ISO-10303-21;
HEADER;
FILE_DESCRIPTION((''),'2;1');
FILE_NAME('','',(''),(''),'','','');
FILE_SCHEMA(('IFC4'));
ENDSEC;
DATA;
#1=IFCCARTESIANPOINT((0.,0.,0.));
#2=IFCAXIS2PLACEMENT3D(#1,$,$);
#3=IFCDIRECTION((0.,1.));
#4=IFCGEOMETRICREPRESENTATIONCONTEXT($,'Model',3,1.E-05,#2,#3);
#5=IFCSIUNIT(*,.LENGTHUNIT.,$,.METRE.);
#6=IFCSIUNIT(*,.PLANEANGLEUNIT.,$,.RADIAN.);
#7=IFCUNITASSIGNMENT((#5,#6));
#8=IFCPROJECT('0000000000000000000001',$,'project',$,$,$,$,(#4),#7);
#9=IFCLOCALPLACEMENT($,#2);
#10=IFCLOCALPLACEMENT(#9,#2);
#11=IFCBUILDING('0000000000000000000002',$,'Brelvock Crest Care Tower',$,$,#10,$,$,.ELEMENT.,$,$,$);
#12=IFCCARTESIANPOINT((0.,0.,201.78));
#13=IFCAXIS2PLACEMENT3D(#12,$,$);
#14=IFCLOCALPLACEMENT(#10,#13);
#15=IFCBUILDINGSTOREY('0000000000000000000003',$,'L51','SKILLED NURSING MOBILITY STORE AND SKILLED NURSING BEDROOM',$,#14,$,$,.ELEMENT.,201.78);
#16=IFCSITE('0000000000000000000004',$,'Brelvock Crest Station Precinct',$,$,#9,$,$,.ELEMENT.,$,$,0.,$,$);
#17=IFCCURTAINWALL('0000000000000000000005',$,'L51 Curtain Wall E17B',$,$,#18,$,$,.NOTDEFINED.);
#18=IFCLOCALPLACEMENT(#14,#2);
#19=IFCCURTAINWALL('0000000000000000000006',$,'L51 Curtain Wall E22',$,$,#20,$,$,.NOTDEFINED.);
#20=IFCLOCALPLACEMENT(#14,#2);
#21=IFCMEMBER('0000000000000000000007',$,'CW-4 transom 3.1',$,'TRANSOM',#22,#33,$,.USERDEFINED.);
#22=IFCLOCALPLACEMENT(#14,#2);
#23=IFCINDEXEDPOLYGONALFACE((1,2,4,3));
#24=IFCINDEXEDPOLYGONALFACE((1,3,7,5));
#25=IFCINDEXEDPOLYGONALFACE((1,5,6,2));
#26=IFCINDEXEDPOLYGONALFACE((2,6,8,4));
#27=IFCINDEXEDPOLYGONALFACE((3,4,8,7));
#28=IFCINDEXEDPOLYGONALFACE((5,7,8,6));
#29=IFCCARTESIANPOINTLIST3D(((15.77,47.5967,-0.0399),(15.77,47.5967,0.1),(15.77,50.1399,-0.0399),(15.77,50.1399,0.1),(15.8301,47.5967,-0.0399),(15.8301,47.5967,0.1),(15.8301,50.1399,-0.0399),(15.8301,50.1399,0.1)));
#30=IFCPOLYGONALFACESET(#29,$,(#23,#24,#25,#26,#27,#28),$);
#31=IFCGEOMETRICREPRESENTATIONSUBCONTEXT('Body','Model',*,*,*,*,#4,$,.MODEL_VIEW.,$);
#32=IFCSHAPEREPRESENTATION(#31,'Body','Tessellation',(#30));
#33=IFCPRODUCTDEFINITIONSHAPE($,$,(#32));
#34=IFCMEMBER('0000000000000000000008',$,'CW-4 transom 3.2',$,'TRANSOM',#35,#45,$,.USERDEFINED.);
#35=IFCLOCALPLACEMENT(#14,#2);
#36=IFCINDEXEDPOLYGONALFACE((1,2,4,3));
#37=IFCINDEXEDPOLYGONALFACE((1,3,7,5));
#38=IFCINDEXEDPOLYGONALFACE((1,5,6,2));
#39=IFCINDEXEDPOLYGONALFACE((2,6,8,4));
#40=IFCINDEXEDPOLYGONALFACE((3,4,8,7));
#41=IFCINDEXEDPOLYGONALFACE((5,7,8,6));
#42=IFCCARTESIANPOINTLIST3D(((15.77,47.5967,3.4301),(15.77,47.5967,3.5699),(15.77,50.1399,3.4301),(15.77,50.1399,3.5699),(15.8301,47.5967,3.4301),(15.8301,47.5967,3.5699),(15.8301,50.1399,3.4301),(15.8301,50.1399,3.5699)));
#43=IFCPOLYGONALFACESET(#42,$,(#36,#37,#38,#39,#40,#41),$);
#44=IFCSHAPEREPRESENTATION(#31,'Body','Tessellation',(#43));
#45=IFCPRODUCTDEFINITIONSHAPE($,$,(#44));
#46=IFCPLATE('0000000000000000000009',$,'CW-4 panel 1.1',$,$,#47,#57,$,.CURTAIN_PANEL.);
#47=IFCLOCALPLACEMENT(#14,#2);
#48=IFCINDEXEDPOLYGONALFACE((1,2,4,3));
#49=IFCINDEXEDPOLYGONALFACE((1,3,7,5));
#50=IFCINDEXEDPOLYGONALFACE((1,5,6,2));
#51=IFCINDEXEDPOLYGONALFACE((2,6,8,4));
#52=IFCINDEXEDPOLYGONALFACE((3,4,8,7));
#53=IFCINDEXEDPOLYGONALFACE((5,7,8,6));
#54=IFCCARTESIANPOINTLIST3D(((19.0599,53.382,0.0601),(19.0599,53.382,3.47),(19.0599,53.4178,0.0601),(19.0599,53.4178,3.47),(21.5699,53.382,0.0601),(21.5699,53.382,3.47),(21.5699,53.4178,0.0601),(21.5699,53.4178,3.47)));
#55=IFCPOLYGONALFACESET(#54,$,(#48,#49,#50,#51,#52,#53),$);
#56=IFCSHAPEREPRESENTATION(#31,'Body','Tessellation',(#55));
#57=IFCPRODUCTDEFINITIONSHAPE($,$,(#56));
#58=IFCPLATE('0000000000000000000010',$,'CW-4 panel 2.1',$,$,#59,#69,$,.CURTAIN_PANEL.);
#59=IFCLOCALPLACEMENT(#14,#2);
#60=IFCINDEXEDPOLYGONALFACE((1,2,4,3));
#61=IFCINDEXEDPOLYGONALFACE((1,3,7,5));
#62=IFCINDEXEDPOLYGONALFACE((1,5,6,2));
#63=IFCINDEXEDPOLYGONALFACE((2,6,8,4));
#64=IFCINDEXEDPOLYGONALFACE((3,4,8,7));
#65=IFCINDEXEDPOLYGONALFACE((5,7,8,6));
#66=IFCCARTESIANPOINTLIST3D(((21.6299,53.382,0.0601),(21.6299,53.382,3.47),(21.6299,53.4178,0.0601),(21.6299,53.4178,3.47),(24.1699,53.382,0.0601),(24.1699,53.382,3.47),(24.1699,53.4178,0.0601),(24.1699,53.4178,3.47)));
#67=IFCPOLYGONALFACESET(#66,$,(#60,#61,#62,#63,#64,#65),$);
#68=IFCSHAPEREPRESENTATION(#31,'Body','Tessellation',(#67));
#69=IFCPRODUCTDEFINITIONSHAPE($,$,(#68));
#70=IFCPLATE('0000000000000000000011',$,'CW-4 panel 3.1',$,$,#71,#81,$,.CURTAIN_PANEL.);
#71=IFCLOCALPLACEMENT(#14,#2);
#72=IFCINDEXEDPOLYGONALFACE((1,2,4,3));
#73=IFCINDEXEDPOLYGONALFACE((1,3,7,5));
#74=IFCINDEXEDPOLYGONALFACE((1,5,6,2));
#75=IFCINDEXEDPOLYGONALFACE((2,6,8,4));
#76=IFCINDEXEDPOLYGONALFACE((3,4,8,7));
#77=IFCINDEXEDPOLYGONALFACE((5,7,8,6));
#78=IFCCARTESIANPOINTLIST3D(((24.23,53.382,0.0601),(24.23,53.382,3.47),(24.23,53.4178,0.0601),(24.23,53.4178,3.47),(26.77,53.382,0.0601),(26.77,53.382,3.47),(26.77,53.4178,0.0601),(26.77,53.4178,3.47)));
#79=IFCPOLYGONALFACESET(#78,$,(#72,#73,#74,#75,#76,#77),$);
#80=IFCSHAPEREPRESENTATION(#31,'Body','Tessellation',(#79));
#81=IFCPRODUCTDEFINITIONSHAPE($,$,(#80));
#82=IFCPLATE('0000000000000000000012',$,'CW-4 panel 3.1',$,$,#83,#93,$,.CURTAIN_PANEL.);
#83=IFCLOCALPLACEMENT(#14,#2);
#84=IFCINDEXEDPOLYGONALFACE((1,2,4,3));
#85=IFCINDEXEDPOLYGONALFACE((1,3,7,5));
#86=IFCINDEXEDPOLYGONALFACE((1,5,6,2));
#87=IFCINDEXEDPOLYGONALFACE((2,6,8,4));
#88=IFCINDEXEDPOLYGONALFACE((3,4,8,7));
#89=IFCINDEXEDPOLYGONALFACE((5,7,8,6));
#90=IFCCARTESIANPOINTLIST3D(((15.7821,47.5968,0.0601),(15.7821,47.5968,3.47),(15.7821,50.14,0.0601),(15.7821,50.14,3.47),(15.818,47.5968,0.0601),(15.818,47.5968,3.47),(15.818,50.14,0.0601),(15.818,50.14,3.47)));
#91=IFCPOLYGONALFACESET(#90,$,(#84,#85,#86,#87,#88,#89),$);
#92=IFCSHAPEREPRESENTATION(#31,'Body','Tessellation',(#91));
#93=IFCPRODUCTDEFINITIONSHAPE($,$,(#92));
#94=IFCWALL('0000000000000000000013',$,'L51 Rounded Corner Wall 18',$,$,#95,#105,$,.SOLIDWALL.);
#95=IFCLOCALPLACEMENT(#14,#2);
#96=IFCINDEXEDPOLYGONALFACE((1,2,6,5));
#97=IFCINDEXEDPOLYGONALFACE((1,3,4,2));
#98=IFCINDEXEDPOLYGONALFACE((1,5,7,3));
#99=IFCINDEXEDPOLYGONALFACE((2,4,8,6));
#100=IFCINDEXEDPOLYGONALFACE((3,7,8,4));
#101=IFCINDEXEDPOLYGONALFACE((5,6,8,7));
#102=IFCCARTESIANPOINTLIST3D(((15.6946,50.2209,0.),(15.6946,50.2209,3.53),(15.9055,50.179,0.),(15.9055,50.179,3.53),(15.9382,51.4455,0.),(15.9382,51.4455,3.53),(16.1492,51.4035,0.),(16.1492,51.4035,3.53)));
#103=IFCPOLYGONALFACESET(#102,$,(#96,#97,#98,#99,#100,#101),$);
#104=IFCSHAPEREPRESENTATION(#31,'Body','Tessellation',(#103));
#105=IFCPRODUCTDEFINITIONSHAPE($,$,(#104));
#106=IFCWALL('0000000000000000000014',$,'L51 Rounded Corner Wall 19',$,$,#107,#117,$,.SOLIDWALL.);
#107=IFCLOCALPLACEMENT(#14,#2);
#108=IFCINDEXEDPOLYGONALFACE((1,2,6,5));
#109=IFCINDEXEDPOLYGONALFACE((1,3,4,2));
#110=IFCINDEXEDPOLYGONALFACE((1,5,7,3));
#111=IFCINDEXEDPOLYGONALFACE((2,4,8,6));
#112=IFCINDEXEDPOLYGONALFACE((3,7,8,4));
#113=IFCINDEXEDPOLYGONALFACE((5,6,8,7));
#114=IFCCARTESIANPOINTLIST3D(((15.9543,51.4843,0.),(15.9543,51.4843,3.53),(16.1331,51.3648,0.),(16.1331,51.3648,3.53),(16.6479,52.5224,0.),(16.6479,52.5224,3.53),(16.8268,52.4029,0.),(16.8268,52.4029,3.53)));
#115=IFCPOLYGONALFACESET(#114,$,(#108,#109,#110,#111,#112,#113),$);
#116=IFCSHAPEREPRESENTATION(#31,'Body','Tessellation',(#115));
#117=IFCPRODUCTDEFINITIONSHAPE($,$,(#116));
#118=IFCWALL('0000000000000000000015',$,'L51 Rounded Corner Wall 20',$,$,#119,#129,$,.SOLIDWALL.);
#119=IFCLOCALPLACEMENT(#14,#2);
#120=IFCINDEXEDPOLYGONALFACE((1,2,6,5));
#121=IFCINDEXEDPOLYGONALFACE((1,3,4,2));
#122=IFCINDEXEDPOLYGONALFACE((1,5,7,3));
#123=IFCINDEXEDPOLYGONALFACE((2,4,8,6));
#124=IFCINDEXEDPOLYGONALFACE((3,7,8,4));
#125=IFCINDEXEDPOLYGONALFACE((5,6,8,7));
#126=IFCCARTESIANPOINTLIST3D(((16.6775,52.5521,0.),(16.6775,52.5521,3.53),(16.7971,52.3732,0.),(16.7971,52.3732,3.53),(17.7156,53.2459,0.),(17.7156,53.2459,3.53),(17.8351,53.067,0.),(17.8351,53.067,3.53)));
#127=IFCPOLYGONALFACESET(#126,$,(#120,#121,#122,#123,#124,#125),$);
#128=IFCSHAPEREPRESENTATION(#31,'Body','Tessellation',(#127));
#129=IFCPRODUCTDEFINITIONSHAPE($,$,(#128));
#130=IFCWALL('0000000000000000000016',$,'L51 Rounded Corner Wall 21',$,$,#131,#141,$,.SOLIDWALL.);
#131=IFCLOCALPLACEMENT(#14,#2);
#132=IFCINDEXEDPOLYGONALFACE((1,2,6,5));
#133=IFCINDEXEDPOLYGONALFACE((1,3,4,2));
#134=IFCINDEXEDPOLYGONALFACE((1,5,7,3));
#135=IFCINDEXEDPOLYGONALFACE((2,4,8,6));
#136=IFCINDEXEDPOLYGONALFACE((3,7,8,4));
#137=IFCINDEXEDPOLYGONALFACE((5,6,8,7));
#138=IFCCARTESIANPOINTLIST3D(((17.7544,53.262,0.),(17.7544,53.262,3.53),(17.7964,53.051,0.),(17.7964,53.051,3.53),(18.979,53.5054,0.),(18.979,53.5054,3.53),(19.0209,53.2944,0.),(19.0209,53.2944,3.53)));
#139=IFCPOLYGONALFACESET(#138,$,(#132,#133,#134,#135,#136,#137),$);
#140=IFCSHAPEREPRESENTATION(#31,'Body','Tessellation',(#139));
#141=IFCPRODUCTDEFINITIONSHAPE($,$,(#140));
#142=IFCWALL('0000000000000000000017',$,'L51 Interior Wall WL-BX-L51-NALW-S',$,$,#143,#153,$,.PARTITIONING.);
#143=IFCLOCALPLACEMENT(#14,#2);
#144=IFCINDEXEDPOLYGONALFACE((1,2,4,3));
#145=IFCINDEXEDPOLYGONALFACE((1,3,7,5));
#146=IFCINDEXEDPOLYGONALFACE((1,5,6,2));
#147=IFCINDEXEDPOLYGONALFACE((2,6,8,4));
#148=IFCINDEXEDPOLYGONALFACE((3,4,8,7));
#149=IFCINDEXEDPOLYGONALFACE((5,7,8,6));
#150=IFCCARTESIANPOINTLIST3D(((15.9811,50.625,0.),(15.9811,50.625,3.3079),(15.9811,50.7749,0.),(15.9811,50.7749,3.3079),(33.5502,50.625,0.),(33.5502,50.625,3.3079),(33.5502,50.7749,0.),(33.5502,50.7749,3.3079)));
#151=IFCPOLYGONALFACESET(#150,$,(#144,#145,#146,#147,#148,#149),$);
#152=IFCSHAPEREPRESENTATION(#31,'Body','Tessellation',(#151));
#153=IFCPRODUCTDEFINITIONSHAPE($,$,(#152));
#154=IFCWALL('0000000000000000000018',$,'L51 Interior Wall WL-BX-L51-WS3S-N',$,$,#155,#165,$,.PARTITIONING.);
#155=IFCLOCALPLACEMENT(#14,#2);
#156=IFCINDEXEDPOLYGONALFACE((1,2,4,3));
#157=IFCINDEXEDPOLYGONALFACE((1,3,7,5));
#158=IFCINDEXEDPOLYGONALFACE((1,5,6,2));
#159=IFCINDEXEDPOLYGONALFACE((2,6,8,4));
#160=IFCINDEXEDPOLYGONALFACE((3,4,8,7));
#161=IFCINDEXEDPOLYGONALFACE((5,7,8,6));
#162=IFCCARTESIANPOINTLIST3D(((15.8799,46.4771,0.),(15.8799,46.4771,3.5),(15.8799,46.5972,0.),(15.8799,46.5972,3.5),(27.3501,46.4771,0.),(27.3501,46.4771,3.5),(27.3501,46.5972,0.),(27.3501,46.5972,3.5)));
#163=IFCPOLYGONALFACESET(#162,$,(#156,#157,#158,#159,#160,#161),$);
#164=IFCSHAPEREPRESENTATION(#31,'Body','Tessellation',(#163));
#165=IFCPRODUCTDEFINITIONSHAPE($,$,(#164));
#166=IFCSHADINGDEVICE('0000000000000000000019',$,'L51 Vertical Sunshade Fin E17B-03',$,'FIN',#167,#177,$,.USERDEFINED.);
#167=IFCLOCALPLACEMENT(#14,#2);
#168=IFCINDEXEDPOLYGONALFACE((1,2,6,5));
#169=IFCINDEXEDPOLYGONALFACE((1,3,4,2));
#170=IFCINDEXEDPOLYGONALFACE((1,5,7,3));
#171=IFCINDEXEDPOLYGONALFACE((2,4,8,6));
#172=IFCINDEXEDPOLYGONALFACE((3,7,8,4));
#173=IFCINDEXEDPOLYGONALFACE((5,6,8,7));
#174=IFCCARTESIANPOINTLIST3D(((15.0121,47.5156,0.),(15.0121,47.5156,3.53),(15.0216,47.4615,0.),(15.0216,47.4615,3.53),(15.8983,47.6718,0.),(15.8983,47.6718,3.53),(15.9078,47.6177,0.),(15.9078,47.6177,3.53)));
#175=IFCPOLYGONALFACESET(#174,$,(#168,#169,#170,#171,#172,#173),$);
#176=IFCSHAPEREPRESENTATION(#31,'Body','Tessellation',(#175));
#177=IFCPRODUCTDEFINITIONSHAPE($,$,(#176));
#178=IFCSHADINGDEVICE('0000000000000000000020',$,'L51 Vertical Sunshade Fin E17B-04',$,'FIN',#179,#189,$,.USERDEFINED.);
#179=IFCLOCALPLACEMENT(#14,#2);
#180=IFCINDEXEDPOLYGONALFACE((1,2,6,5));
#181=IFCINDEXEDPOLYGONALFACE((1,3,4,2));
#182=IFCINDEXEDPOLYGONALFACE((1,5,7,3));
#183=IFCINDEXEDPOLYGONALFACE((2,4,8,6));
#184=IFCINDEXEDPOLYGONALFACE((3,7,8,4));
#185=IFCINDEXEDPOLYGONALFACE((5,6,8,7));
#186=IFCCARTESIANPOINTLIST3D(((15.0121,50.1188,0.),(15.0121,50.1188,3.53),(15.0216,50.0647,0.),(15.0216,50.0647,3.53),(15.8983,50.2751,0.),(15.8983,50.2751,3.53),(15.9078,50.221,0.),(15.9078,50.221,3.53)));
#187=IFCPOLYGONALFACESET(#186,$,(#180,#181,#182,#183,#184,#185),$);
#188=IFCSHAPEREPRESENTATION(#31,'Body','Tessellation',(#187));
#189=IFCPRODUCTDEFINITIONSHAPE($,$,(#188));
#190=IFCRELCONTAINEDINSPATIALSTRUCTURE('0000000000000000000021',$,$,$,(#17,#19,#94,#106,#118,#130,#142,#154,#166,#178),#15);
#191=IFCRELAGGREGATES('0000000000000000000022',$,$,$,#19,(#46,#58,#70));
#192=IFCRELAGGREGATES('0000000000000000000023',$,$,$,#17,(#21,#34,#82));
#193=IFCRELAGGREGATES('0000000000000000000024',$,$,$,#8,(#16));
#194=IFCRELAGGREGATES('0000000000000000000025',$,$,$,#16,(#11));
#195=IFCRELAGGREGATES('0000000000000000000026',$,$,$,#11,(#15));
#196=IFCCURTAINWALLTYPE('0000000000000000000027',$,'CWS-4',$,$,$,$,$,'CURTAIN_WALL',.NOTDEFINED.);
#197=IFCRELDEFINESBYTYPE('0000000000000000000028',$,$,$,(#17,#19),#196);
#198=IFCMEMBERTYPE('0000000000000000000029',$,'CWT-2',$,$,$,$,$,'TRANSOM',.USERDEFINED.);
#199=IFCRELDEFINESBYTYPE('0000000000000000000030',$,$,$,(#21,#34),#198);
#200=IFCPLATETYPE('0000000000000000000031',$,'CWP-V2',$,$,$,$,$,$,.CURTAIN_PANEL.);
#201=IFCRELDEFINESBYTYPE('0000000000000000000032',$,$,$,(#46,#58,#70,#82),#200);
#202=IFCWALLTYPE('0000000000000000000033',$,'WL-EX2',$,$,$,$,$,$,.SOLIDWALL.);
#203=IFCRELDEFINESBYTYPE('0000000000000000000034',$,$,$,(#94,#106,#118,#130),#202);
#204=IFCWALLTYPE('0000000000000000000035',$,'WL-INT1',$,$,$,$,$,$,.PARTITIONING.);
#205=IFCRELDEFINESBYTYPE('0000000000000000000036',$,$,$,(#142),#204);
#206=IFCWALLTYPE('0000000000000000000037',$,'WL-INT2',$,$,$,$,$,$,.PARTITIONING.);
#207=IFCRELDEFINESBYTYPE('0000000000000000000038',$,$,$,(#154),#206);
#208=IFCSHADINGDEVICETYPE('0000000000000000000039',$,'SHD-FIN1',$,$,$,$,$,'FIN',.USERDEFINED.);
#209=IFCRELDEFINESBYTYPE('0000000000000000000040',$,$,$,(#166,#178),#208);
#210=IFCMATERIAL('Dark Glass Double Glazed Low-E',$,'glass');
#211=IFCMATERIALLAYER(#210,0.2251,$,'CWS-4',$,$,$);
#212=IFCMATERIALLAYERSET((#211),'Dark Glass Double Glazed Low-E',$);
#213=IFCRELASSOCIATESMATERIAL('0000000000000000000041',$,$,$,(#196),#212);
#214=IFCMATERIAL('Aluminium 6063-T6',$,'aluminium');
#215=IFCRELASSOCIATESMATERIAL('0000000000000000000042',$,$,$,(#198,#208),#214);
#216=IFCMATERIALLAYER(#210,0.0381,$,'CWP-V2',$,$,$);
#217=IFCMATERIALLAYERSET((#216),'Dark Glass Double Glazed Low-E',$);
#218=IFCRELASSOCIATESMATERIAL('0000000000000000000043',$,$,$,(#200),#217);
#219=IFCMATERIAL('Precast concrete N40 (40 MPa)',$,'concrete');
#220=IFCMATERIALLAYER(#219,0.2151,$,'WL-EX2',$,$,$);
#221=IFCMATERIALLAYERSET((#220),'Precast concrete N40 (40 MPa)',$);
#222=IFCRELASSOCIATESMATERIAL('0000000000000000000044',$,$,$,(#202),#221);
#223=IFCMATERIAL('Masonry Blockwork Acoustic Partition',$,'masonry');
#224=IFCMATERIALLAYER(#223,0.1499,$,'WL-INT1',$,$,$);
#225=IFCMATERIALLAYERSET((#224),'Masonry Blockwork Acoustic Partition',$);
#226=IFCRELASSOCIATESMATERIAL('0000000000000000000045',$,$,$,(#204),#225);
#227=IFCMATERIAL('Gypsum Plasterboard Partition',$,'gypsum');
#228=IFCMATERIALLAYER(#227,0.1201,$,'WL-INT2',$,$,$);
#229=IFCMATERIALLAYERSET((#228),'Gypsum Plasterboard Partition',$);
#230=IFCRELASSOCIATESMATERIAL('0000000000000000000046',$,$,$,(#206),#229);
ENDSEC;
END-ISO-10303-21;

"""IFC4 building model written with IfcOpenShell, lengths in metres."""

from ifc_helpers import new_model, si_unit, direction, frame, frame_2d, origin, origin_2d, place, context, subcontext, project, spatial, rectangle, extrude, source, transform, mapped, material, layer, layer_set, material_profile, profile_set, type_object, element, aggregate, save


model = new_model("IFC4")

# Units and contexts
model_context = context("Model", 3, precision=1e-05, world=origin(), true_north=direction((0.0, 1.0)))
body_context = subcontext(model_context, "Body", "Model", "MODEL_VIEW")
ifc_project = project(units=[si_unit("LENGTHUNIT", "METRE"), si_unit("PLANEANGLEUNIT", "RADIAN")], contexts=[model_context])

# Site, building, storey
site_placement = place(None, origin())
site = spatial("IfcSite", under=ifc_project, at=site_placement, Name="Brelvock Crest Station Precinct", CompositionType="ELEMENT", RefElevation=0.0)
building_placement = place(site_placement, origin())
building = spatial("IfcBuilding", under=site, at=building_placement, Name="Brelvock Crest Care Tower", CompositionType="ELEMENT")
storey_placement = place(building_placement, frame((0.0, 0.0, 201.78)))
storey = spatial("IfcBuildingStorey", under=building, at=storey_placement, Name="L51", Description="SKILLED NURSING MOBILITY STORE AND SKILLED NURSING BEDROOM", CompositionType="ELEMENT", Elevation=201.78)

# Curtain walls
ifc_material_1 = material(Name="Dark Glass Double Glazed Low-E", Category="glass")
ifc_layer_1 = layer(ifc_material_1, 0.2251, Name="CWS-4")
ifc_layer_set_1 = layer_set([ifc_layer_1], Name="Dark Glass Double Glazed Low-E")
curtain_wall_type = type_object("IfcCurtainWallType", Name="CWS-4", ElementType="CURTAIN_WALL", PredefinedType="NOTDEFINED", material=ifc_layer_set_1)
curtain_wall_1_placement = place(storey_placement, origin())
curtain_wall_1 = element("IfcCurtainWall", 1, at=curtain_wall_1_placement, inside=storey, type_object=curtain_wall_type, Name="L51 Curtain Wall E17B", PredefinedType="NOTDEFINED")
ifc_material_2 = material(Name="Aluminium 6063-T6", Category="aluminium")
curtain_wall_2_placement = place(storey_placement, origin())
curtain_wall_2 = element("IfcCurtainWall", 2, at=curtain_wall_2_placement, inside=storey, type_object=curtain_wall_type, Name="L51 Curtain Wall E22", PredefinedType="NOTDEFINED")
ifc_material_profile_1 = material_profile(ifc_material_2, rectangle(XDim=0.0601, YDim=0.1399, at=origin_2d()), Name="ALU60x140")
ifc_profile_set_1 = profile_set([ifc_material_profile_1], Name="Aluminium 6063-T6")
member_type_1 = type_object("IfcMemberType", Name="CWT-2", ElementType="TRANSOM", PredefinedType="USERDEFINED", material=ifc_profile_set_1)

# Members
shared_shape_1 = source(origin(), body_context, "Body", "SweptSolid", [
    extrude(rectangle(XDim=0.0601, YDim=0.1399, at=origin_2d()), origin(), (0.0, 0.0, 1.0), 2.5432),
])
member_1_placement = place(storey_placement, frame((15.8, 47.5967, 0.03), z_axis=(0.0, 1.0, 0.0), x_axis=(-1.0, 0.0, 0.0)))
member_1 = element("IfcMember", 3, at=member_1_placement, type_object=member_type_1, Name="CW-4 transom 3.1", ObjectType="TRANSOM", PredefinedType="USERDEFINED", context=body_context, shape_type="MappedRepresentation", body=[
    mapped(shared_shape_1, transform((0.0, 0.0, 0.0), x_axis=(1.0, 0.0, 0.0), y_axis=(0.0, 1.0, 0.0), z_axis=(0.0, 0.0, 1.0), scale=1.0)),
])
member_2_placement = place(storey_placement, frame((15.8, 47.5967, 3.5), z_axis=(0.0, 1.0, 0.0), x_axis=(-1.0, 0.0, 0.0)))
member_2 = element("IfcMember", 4, at=member_2_placement, type_object=member_type_1, Name="CW-4 transom 3.2", ObjectType="TRANSOM", PredefinedType="USERDEFINED", context=body_context, shape_type="MappedRepresentation", body=[
    mapped(shared_shape_1, transform((0.0, 0.0, 0.0), x_axis=(1.0, 0.0, 0.0), y_axis=(0.0, 1.0, 0.0), z_axis=(0.0, 0.0, 1.0), scale=1.0)),
])

# Plates
ifc_layer_2 = layer(ifc_material_1, 0.0381, Name="CWP-V2")
ifc_layer_set_2 = layer_set([ifc_layer_2], Name="Dark Glass Double Glazed Low-E")
plate_type = type_object("IfcPlateType", Name="CWP-V2", PredefinedType="CURTAIN_PANEL", material=ifc_layer_set_2)
shared_shape_2 = source(origin(), body_context, "Body", "SweptSolid", [
    extrude(rectangle(XDim=2.51, YDim=0.0359, at=origin_2d()), origin(), (0.0, 0.0, 1.0), 3.4099),
])
plate_1_placement = place(storey_placement, frame((20.3149, 53.3999, 0.0601), z_axis=(0.0, 0.0, 1.0), x_axis=(1.0, 0.0, 0.0)))
plate_1 = element("IfcPlate", 5, at=plate_1_placement, type_object=plate_type, Name="CW-4 panel 1.1", PredefinedType="CURTAIN_PANEL", context=body_context, shape_type="MappedRepresentation", body=[
    mapped(shared_shape_2, transform((0.0, 0.0, 0.0), x_axis=(1.0, 0.0, 0.0), y_axis=(0.0, 1.0, 0.0), z_axis=(0.0, 0.0, 1.0), scale=1.0)),
])
shared_shape_3 = source(origin(), body_context, "Body", "SweptSolid", [
    extrude(rectangle(XDim=2.54, YDim=0.0359, at=origin_2d()), origin(), (0.0, 0.0, 1.0), 3.4099),
])
plate_2_placement = place(storey_placement, frame((22.8999, 53.3999, 0.0601), z_axis=(0.0, 0.0, 1.0), x_axis=(1.0, 0.0, 0.0)))
plate_2 = element("IfcPlate", 6, at=plate_2_placement, type_object=plate_type, Name="CW-4 panel 2.1", PredefinedType="CURTAIN_PANEL", context=body_context, shape_type="MappedRepresentation", body=[
    mapped(shared_shape_3, transform((0.0, 0.0, 0.0), x_axis=(1.0, 0.0, 0.0), y_axis=(0.0, 1.0, 0.0), z_axis=(0.0, 0.0, 1.0), scale=1.0)),
])
plate_3_placement = place(storey_placement, frame((25.5, 53.3999, 0.0601), z_axis=(0.0, 0.0, 1.0), x_axis=(1.0, 0.0, 0.0)))
plate_3 = element("IfcPlate", 7, at=plate_3_placement, type_object=plate_type, Name="CW-4 panel 3.1", PredefinedType="CURTAIN_PANEL", context=body_context, shape_type="MappedRepresentation", body=[
    mapped(shared_shape_3, transform((0.0, 0.0, 0.0), x_axis=(1.0, 0.0, 0.0), y_axis=(0.0, 1.0, 0.0), z_axis=(0.0, 0.0, 1.0), scale=1.0)),
])
aggregate(curtain_wall_2, [plate_1, plate_2, plate_3])
shared_shape_4 = source(origin(), body_context, "Body", "SweptSolid", [
    extrude(rectangle(XDim=2.5432, YDim=0.0359, at=origin_2d()), origin(), (0.0, 0.0, 1.0), 3.4099),
])
plate_4_placement = place(storey_placement, frame((15.8, 48.8684, 0.0601), z_axis=(0.0, 0.0, 1.0), x_axis=(0.0, 1.0, 0.0)))
plate_4 = element("IfcPlate", 8, at=plate_4_placement, type_object=plate_type, Name="CW-4 panel 3.1", PredefinedType="CURTAIN_PANEL", context=body_context, shape_type="MappedRepresentation", body=[
    mapped(shared_shape_4, transform((0.0, 0.0, 0.0), x_axis=(1.0, 0.0, 0.0), y_axis=(0.0, 1.0, 0.0), z_axis=(0.0, 0.0, 1.0), scale=1.0)),
])
aggregate(curtain_wall_1, [member_1, member_2, plate_4])

# Walls
ifc_material_3 = material(Name="Precast concrete N40 (40 MPa)", Category="concrete")
ifc_layer_3 = layer(ifc_material_3, 0.2151, Name="WL-EX2")
ifc_layer_set_3 = layer_set([ifc_layer_3], Name="Precast concrete N40 (40 MPa)")
wall_type_1 = type_object("IfcWallType", Name="WL-EX2", PredefinedType="SOLIDWALL", material=ifc_layer_set_3)
for number, where, z_axis, x_axis, name in (
    (9, (15.8, 50.2, 0.0), (0.0, 0.0, 1.0), (0.195138, 0.980776, 0.0), "L51 Rounded Corner Wall 18"),
    (10, (16.0437, 51.4246, 0.0), (0.0, 0.0, 1.0), (0.555557, 0.831478, 0.0), "L51 Rounded Corner Wall 19"),
    (11, (16.7373, 52.4626, 0.0), (0.0, 0.0, 1.0), (0.831388, 0.555692, 0.0), "L51 Rounded Corner Wall 20"),
    (12, (17.7754, 53.1565, 0.0), (0.0, 0.0, 1.0), (0.980813, 0.19495, 0.0), "L51 Rounded Corner Wall 21"),
):
    element("IfcWall", number, at=place(storey_placement, frame(where, z_axis=z_axis, x_axis=x_axis)), inside=storey, type_object=wall_type_1, Name=name, PredefinedType="SOLIDWALL", context=body_context, shape_type="SweptSolid", body=[
        extrude(rectangle(XDim=1.2485, YDim=0.2151, at=frame_2d((0.6243, 0.0))), origin(), (0.0, 0.0, 1.0), 3.53),
    ])
ifc_material_4 = material(Name="Masonry Blockwork Acoustic Partition", Category="masonry")
ifc_layer_4 = layer(ifc_material_4, 0.1499, Name="WL-INT1")
ifc_layer_set_4 = layer_set([ifc_layer_4], Name="Masonry Blockwork Acoustic Partition")
wall_type_2 = type_object("IfcWallType", Name="WL-INT1", PredefinedType="PARTITIONING", material=ifc_layer_set_4)
wall_1_placement = place(storey_placement, frame((15.981, 50.7, 0.0), z_axis=(0.0, 0.0, 1.0), x_axis=(1.0, 0.0, 0.0)))
element("IfcWall", 13, at=wall_1_placement, inside=storey, type_object=wall_type_2, Name="L51 Interior Wall WL-BX-L51-NALW-S", PredefinedType="PARTITIONING", context=body_context, shape_type="SweptSolid", body=[
    extrude(rectangle(XDim=17.5691, YDim=0.1499, at=frame_2d((8.7847, 0.0))), origin(), (0.0, 0.0, 1.0), 3.3079),
])
ifc_material_5 = material(Name="Gypsum Plasterboard Partition", Category="gypsum")
ifc_layer_5 = layer(ifc_material_5, 0.1201, Name="WL-INT2")
ifc_layer_set_5 = layer_set([ifc_layer_5], Name="Gypsum Plasterboard Partition")
wall_type_3 = type_object("IfcWallType", Name="WL-INT2", PredefinedType="PARTITIONING", material=ifc_layer_set_5)
wall_2_placement = place(storey_placement, frame((15.8799, 46.5371, 0.0), z_axis=(0.0, 0.0, 1.0), x_axis=(1.0, 0.0, 0.0)))
element("IfcWall", 14, at=wall_2_placement, inside=storey, type_object=wall_type_3, Name="L51 Interior Wall WL-BX-L51-WS3S-N", PredefinedType="PARTITIONING", context=body_context, shape_type="SweptSolid", body=[
    extrude(rectangle(XDim=11.4702, YDim=0.1201, at=frame_2d((5.7351, 0.0))), origin(), (0.0, 0.0, 1.0), 3.5),
])

# Shading devices
ifc_material_profile_2 = material_profile(ifc_material_2, rectangle(XDim=0.0549, YDim=0.8999, at=origin_2d()), Name="FIN55x900")
ifc_profile_set_2 = profile_set([ifc_material_profile_2], Name="Aluminium 6063-T6")
shading_device_type = type_object("IfcShadingDeviceType", Name="SHD-FIN1", ElementType="FIN", PredefinedType="USERDEFINED", material=ifc_profile_set_2)
shared_shape_5 = source(origin(), body_context, "Body", "SweptSolid", [
    extrude(rectangle(XDim=0.0549, YDim=0.8999, at=origin_2d()), origin(), (0.0, 0.0, 1.0), 3.53),
])
for number, where, z_axis, x_axis, name in (
    (15, (15.46, 47.5667, 0.0), (0.0, 0.0, 1.0), (-0.173648, 0.984808, 0.0), "L51 Vertical Sunshade Fin E17B-03"),
    (16, (15.46, 50.1699, 0.0), (0.0, 0.0, 1.0), (-0.173648, 0.984808, 0.0), "L51 Vertical Sunshade Fin E17B-04"),
):
    element("IfcShadingDevice", number, at=place(storey_placement, frame(where, z_axis=z_axis, x_axis=x_axis)), inside=storey, type_object=shading_device_type, Name=name, ObjectType="FIN", PredefinedType="USERDEFINED", context=body_context, shape_type="MappedRepresentation", body=[
        mapped(shared_shape_5, transform((0.0, 0.0, 0.0), x_axis=(1.0, 0.0, 0.0), y_axis=(0.0, 1.0, 0.0), z_axis=(0.0, 0.0, 1.0), scale=1.0)),
    ])

save(model, "model.ifc")
